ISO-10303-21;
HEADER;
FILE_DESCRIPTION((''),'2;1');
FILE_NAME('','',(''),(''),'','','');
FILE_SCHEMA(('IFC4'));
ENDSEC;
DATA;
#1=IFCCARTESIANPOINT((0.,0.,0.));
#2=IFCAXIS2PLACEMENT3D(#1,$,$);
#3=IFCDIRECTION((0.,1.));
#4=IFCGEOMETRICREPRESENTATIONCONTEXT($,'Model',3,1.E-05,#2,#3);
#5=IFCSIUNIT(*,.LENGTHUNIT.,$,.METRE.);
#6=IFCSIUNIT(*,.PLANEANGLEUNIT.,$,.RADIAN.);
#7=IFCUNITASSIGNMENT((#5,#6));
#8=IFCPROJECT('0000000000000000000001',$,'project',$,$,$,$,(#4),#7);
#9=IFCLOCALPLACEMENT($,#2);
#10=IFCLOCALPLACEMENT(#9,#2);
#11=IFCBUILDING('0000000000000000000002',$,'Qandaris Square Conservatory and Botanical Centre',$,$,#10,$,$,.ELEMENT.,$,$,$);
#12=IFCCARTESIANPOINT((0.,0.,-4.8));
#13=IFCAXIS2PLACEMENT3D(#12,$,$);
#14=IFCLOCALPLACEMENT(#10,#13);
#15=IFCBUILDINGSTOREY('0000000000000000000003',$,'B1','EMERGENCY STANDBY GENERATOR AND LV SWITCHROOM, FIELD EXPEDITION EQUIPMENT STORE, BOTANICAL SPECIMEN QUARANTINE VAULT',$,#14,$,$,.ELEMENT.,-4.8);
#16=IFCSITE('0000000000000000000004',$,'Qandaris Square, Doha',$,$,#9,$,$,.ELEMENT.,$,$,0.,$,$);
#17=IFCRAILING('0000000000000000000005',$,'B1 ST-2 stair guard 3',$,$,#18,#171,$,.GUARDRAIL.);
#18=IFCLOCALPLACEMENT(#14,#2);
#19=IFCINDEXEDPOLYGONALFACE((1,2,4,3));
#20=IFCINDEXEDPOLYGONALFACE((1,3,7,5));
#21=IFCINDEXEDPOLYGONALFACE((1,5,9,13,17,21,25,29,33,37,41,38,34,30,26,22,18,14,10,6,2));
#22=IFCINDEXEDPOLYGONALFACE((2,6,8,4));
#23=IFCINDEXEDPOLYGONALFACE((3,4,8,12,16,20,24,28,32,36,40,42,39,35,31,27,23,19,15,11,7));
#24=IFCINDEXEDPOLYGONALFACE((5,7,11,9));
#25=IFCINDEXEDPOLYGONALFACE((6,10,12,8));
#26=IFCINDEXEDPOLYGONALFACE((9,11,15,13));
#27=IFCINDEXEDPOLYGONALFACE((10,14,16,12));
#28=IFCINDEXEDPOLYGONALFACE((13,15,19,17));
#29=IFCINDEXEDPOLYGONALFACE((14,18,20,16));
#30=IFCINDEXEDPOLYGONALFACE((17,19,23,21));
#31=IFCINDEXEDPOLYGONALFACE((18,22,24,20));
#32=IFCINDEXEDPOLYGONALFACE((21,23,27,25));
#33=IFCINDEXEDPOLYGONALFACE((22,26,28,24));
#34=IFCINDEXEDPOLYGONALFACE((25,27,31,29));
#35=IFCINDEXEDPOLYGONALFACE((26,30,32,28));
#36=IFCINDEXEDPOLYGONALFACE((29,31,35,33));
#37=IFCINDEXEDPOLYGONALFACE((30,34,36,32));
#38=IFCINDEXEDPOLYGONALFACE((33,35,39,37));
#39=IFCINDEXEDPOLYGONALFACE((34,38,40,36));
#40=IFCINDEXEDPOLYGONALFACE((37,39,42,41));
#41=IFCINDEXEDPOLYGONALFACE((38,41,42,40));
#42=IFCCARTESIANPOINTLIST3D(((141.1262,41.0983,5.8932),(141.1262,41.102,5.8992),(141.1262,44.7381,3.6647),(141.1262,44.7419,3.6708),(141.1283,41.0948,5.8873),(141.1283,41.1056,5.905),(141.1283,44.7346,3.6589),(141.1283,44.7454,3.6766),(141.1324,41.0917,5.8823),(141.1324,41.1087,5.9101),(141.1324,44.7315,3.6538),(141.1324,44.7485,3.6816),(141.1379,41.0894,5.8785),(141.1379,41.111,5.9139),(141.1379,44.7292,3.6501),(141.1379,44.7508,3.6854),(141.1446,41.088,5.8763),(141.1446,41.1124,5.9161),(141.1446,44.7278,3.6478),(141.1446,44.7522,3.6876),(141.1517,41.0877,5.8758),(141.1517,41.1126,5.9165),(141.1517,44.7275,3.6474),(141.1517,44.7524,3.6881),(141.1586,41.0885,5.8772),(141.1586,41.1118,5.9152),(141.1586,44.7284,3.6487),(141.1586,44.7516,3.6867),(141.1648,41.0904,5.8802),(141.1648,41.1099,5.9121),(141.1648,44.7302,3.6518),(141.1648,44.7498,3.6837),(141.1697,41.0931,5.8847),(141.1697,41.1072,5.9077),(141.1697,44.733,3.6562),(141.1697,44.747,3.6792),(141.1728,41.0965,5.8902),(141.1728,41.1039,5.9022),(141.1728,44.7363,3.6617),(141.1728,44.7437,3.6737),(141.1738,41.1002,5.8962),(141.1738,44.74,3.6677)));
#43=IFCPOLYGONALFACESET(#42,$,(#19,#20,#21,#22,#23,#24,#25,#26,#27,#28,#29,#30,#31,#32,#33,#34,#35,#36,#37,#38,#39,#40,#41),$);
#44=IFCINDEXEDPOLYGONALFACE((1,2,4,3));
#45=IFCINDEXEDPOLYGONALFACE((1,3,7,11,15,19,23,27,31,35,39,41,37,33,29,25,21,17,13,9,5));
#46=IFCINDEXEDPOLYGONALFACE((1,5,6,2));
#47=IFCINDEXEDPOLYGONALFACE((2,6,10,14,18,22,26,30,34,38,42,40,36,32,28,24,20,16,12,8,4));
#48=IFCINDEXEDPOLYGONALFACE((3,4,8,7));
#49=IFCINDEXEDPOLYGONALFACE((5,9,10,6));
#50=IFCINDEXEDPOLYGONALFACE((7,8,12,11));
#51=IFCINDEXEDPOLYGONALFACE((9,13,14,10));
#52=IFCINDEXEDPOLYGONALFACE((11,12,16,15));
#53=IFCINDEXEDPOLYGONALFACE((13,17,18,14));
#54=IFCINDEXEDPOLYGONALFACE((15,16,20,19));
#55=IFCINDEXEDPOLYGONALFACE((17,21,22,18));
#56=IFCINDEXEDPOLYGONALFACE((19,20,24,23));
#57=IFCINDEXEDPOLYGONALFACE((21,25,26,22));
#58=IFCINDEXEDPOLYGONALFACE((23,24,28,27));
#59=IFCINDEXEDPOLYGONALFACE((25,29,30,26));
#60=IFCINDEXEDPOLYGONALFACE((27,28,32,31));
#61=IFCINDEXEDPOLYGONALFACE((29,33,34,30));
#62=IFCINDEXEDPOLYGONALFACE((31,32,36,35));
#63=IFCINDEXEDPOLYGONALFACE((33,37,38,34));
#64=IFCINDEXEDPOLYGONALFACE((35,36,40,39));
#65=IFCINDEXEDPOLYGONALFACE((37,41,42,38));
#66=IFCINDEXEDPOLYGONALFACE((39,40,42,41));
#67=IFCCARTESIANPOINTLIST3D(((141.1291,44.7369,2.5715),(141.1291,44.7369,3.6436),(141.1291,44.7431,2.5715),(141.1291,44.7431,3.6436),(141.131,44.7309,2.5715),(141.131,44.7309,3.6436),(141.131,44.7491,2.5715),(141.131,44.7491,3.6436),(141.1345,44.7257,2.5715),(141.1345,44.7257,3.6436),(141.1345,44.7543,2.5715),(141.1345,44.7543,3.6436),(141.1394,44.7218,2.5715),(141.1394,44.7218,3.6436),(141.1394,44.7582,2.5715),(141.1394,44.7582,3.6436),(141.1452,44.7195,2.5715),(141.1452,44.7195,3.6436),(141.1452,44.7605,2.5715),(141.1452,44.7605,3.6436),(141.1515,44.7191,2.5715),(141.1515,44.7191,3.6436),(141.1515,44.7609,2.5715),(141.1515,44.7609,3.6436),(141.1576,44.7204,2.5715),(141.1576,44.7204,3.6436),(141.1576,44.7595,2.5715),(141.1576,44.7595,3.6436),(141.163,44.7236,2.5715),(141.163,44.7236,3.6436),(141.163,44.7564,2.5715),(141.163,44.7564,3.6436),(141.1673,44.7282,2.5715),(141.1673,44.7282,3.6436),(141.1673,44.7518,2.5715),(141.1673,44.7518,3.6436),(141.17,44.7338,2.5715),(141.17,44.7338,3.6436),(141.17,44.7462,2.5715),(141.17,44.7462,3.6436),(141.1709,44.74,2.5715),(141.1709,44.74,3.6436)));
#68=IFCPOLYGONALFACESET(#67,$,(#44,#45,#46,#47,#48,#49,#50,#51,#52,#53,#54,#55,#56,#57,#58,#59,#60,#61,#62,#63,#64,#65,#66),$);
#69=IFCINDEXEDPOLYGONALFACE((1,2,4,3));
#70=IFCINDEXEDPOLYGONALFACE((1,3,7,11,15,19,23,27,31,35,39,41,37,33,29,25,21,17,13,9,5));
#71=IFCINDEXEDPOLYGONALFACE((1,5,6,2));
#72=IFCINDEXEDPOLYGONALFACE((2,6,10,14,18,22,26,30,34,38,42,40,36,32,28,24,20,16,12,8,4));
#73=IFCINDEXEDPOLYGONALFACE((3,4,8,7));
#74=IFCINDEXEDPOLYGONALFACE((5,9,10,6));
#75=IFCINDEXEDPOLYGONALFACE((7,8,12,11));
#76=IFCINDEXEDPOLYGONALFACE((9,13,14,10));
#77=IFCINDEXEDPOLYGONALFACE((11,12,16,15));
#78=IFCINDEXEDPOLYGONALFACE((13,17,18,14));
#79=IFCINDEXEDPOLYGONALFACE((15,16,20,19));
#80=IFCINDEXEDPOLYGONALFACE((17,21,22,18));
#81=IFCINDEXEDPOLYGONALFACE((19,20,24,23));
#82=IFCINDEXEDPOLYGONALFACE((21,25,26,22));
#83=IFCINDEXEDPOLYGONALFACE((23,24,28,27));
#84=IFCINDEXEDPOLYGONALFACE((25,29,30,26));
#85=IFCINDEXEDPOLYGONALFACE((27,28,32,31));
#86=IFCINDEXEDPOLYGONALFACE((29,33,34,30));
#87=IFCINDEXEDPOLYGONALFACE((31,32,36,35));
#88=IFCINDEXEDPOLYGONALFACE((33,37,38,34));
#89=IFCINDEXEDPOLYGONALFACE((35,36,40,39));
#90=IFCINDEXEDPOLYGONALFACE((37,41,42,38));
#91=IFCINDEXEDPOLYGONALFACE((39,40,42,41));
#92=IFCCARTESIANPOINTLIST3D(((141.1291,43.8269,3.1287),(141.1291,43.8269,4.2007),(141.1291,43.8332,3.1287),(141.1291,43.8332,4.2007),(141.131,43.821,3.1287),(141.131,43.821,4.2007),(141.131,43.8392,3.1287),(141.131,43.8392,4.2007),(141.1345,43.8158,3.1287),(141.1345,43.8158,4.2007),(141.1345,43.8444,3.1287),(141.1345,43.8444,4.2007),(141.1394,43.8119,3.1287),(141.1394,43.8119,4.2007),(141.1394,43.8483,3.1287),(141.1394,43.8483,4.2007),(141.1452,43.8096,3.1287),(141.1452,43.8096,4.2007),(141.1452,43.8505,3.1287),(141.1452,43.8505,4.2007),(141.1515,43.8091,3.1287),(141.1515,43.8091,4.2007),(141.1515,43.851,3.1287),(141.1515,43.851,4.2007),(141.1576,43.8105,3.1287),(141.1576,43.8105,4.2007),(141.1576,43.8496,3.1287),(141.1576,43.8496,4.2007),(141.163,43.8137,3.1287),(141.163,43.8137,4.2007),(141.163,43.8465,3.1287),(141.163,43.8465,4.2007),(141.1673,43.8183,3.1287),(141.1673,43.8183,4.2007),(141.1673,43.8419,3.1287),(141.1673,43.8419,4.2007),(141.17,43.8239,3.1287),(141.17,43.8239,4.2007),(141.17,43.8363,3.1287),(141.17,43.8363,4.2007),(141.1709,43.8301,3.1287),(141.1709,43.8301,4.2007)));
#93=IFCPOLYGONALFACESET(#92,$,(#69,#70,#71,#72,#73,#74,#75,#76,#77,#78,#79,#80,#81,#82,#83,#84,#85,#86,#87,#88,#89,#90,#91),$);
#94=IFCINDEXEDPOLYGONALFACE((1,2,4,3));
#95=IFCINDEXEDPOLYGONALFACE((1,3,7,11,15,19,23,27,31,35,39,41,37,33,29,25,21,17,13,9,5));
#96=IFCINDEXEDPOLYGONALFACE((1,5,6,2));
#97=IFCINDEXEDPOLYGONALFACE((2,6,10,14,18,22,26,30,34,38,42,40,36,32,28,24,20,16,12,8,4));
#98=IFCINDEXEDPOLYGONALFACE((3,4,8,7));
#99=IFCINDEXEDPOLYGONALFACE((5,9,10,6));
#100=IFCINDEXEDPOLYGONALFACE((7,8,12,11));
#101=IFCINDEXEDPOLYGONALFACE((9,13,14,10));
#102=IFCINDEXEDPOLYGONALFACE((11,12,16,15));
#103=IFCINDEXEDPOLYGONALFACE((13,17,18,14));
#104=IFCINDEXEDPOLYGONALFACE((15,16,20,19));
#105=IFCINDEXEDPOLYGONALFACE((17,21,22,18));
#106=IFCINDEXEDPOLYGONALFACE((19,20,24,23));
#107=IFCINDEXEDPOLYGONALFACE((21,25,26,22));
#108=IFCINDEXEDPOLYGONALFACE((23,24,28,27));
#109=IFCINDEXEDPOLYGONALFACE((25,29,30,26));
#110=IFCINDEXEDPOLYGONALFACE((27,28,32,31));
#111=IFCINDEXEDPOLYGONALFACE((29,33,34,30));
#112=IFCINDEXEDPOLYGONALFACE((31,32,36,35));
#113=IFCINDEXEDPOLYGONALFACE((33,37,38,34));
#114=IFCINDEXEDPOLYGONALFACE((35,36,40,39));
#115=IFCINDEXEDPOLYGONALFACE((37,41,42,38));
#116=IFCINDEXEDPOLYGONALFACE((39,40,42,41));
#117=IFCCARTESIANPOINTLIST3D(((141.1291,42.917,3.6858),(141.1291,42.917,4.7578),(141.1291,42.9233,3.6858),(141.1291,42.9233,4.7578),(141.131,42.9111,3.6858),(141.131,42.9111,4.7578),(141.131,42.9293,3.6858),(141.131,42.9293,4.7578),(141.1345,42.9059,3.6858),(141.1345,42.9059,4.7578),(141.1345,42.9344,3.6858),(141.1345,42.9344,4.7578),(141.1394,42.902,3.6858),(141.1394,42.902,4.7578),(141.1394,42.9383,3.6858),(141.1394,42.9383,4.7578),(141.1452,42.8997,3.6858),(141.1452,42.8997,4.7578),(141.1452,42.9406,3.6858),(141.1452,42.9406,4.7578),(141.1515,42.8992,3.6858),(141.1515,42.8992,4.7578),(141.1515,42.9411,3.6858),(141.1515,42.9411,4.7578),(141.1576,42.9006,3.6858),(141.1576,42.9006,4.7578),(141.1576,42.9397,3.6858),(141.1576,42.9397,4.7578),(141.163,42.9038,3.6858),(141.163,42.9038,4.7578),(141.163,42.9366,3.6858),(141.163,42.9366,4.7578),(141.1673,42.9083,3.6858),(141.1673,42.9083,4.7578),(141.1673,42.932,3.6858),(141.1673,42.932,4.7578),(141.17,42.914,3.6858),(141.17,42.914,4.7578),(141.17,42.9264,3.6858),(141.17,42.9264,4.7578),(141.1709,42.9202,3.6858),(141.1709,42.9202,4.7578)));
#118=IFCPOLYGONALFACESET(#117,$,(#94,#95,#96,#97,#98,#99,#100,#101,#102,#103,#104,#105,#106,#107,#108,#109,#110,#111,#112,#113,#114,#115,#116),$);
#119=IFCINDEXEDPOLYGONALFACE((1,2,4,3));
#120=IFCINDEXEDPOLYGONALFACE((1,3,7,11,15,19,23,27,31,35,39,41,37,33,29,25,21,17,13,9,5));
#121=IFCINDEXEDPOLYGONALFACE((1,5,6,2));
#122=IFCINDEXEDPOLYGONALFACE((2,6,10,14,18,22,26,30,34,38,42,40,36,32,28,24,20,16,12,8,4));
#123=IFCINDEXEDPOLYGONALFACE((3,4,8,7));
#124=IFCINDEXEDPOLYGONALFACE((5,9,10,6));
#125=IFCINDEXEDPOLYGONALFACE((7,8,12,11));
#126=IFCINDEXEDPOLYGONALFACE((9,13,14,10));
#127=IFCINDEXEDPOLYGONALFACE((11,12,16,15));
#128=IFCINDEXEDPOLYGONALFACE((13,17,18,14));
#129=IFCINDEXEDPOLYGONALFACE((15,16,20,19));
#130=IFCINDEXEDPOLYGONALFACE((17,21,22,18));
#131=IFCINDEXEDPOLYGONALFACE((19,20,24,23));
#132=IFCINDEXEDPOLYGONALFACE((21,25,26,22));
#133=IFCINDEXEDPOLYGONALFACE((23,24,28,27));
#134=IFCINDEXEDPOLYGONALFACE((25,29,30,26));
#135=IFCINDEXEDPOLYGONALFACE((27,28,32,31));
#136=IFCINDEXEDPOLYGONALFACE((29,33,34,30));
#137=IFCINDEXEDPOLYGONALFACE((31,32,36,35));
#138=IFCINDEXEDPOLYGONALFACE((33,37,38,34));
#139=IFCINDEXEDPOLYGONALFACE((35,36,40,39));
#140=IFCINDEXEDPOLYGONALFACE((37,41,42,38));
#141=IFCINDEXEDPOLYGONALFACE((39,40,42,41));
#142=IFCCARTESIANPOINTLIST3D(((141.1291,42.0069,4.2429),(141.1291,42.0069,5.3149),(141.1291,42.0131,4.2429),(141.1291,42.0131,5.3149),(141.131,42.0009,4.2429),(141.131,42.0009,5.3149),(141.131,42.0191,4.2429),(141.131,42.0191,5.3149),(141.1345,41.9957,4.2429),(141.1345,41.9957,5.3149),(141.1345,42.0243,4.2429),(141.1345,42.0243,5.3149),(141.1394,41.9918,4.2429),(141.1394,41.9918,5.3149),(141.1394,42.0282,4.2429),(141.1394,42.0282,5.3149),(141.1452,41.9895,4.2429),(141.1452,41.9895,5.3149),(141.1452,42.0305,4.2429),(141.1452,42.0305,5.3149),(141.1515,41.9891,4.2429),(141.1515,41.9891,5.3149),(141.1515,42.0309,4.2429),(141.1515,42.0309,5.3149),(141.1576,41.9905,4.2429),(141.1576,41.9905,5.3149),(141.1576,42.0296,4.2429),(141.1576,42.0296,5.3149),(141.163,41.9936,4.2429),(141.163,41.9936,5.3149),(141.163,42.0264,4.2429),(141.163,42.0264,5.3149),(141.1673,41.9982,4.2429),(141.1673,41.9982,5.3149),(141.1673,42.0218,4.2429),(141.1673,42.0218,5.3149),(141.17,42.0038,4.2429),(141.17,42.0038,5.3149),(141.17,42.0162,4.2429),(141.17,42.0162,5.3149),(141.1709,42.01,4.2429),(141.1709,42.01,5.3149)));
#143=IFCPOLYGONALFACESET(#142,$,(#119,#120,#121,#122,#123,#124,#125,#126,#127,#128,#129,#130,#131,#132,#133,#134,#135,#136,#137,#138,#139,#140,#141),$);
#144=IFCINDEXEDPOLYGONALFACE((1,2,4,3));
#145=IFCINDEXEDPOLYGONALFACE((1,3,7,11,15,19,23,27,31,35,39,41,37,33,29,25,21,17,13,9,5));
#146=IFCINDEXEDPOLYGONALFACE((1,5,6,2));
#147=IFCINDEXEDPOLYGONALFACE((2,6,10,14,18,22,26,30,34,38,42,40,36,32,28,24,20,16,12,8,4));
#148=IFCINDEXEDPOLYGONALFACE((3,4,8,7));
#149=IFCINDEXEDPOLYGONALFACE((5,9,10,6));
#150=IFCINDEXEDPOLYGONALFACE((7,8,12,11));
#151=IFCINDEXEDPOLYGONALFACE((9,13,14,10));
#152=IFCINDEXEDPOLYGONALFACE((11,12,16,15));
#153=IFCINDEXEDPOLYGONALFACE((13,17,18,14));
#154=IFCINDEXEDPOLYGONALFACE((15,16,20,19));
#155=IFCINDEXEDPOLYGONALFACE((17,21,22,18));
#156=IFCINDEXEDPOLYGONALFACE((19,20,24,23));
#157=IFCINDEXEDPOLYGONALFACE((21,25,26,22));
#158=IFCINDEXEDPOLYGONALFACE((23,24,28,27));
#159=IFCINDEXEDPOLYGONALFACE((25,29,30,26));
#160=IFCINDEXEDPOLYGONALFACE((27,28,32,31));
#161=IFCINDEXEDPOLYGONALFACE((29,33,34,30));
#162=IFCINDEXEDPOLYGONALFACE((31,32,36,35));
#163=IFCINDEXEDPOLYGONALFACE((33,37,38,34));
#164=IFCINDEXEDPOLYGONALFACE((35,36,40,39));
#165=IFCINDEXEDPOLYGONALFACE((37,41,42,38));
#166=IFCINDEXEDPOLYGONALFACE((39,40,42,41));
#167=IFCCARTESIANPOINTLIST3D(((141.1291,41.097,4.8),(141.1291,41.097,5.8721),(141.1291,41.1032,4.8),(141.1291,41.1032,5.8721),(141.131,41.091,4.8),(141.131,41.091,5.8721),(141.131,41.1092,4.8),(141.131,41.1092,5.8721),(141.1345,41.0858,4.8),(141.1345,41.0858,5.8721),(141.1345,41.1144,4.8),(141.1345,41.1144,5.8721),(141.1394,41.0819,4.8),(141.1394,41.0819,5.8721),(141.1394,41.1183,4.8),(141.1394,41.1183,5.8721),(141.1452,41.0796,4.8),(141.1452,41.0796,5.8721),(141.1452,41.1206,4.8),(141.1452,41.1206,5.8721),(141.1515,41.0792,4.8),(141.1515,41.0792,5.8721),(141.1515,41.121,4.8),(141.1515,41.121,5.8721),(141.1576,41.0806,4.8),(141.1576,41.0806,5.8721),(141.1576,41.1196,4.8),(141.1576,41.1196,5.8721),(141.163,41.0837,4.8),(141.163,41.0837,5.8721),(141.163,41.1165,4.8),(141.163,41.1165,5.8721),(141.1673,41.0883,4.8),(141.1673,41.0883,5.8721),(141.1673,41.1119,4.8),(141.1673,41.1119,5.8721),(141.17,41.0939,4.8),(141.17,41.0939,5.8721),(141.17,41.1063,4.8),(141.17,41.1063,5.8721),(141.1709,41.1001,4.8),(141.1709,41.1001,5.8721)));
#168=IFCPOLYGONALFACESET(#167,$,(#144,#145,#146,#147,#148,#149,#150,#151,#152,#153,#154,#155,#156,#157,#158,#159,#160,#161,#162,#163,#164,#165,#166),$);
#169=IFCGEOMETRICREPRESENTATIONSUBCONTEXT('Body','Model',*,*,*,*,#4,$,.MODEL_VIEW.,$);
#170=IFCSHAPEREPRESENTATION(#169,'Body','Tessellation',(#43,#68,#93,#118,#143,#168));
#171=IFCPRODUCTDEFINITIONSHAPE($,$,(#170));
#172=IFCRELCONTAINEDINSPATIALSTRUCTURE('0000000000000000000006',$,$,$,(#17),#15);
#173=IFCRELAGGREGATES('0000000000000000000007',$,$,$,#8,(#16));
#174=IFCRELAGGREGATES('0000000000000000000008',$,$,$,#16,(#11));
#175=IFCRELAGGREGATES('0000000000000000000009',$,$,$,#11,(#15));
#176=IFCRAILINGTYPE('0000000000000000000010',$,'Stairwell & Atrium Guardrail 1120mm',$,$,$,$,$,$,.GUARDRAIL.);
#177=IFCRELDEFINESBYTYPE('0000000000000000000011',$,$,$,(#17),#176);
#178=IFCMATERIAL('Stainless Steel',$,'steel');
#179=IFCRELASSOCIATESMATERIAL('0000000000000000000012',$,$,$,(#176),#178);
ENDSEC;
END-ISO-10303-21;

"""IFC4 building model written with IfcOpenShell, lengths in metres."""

from ifc_helpers import new_model, si_unit, direction, frame, origin, origin_2d, place, context, subcontext, project, spatial, circle, extrude, material, type_object, element, save


model = new_model("IFC4")

# Units and contexts
model_context = context("Model", 3, precision=1e-05, world=origin(), true_north=direction((0.0, 1.0)))
body_context = subcontext(model_context, "Body", "Model", "MODEL_VIEW")
ifc_project = project(units=[si_unit("LENGTHUNIT", "METRE"), si_unit("PLANEANGLEUNIT", "RADIAN")], contexts=[model_context])

# Site, building, storey
site_placement = place(None, origin())
site = spatial("IfcSite", under=ifc_project, at=site_placement, Name="Qandaris Square, Doha", CompositionType="ELEMENT", RefElevation=0.0)
building_placement = place(site_placement, origin())
building = spatial("IfcBuilding", under=site, at=building_placement, Name="Qandaris Square Conservatory and Botanical Centre", CompositionType="ELEMENT")
storey_placement = place(building_placement, frame((0.0, 0.0, -4.8)))
storey = spatial("IfcBuildingStorey", under=building, at=storey_placement, Name="B1", Description="EMERGENCY STANDBY GENERATOR AND LV SWITCHROOM, FIELD EXPEDITION EQUIPMENT STORE, BOTANICAL SPECIMEN QUARANTINE VAULT", CompositionType="ELEMENT", Elevation=-4.8)

# Railing
ifc_material_1 = material(Name="Stainless Steel", Category="steel")
railing_type_1 = type_object("IfcRailingType", Name="Stairwell & Atrium Guardrail 1120mm", PredefinedType="GUARDRAIL", material=ifc_material_1)
railing_1_placement = place(storey_placement, frame((141.1499, 44.74, 2.5715)))
element("IfcRailing", 1, at=railing_1_placement, inside=storey, type_object=railing_type_1, Name="B1 ST-2 stair guard 3", PredefinedType="GUARDRAIL", context=body_context, shape_type="SweptSolid", body=[
    extrude(circle(Radius=0.0239, at=origin_2d()), frame((0.0, 0.0, 1.0962), z_axis=(0.0, -0.85285, 0.522156), x_axis=(1.0, 0.0, 0.0)), (0.0, 0.0, 1.0), 4.2678),
    extrude(circle(Radius=0.021, at=origin_2d()), origin(), (0.0, 0.0, 1.0), 1.072),
    extrude(circle(Radius=0.021, at=origin_2d()), frame((0.0, -0.9099, 0.5571)), (0.0, 0.0, 1.0), 1.072),
    extrude(circle(Radius=0.021, at=origin_2d()), frame((0.0, -1.8198, 1.1143)), (0.0, 0.0, 1.0), 1.072),
    extrude(circle(Radius=0.021, at=origin_2d()), frame((0.0, -2.73, 1.6714)), (0.0, 0.0, 1.0), 1.072),
    extrude(circle(Radius=0.021, at=origin_2d()), frame((0.0, -3.6399, 2.2285)), (0.0, 0.0, 1.0), 1.072),
])

save(model, "model.ifc")
